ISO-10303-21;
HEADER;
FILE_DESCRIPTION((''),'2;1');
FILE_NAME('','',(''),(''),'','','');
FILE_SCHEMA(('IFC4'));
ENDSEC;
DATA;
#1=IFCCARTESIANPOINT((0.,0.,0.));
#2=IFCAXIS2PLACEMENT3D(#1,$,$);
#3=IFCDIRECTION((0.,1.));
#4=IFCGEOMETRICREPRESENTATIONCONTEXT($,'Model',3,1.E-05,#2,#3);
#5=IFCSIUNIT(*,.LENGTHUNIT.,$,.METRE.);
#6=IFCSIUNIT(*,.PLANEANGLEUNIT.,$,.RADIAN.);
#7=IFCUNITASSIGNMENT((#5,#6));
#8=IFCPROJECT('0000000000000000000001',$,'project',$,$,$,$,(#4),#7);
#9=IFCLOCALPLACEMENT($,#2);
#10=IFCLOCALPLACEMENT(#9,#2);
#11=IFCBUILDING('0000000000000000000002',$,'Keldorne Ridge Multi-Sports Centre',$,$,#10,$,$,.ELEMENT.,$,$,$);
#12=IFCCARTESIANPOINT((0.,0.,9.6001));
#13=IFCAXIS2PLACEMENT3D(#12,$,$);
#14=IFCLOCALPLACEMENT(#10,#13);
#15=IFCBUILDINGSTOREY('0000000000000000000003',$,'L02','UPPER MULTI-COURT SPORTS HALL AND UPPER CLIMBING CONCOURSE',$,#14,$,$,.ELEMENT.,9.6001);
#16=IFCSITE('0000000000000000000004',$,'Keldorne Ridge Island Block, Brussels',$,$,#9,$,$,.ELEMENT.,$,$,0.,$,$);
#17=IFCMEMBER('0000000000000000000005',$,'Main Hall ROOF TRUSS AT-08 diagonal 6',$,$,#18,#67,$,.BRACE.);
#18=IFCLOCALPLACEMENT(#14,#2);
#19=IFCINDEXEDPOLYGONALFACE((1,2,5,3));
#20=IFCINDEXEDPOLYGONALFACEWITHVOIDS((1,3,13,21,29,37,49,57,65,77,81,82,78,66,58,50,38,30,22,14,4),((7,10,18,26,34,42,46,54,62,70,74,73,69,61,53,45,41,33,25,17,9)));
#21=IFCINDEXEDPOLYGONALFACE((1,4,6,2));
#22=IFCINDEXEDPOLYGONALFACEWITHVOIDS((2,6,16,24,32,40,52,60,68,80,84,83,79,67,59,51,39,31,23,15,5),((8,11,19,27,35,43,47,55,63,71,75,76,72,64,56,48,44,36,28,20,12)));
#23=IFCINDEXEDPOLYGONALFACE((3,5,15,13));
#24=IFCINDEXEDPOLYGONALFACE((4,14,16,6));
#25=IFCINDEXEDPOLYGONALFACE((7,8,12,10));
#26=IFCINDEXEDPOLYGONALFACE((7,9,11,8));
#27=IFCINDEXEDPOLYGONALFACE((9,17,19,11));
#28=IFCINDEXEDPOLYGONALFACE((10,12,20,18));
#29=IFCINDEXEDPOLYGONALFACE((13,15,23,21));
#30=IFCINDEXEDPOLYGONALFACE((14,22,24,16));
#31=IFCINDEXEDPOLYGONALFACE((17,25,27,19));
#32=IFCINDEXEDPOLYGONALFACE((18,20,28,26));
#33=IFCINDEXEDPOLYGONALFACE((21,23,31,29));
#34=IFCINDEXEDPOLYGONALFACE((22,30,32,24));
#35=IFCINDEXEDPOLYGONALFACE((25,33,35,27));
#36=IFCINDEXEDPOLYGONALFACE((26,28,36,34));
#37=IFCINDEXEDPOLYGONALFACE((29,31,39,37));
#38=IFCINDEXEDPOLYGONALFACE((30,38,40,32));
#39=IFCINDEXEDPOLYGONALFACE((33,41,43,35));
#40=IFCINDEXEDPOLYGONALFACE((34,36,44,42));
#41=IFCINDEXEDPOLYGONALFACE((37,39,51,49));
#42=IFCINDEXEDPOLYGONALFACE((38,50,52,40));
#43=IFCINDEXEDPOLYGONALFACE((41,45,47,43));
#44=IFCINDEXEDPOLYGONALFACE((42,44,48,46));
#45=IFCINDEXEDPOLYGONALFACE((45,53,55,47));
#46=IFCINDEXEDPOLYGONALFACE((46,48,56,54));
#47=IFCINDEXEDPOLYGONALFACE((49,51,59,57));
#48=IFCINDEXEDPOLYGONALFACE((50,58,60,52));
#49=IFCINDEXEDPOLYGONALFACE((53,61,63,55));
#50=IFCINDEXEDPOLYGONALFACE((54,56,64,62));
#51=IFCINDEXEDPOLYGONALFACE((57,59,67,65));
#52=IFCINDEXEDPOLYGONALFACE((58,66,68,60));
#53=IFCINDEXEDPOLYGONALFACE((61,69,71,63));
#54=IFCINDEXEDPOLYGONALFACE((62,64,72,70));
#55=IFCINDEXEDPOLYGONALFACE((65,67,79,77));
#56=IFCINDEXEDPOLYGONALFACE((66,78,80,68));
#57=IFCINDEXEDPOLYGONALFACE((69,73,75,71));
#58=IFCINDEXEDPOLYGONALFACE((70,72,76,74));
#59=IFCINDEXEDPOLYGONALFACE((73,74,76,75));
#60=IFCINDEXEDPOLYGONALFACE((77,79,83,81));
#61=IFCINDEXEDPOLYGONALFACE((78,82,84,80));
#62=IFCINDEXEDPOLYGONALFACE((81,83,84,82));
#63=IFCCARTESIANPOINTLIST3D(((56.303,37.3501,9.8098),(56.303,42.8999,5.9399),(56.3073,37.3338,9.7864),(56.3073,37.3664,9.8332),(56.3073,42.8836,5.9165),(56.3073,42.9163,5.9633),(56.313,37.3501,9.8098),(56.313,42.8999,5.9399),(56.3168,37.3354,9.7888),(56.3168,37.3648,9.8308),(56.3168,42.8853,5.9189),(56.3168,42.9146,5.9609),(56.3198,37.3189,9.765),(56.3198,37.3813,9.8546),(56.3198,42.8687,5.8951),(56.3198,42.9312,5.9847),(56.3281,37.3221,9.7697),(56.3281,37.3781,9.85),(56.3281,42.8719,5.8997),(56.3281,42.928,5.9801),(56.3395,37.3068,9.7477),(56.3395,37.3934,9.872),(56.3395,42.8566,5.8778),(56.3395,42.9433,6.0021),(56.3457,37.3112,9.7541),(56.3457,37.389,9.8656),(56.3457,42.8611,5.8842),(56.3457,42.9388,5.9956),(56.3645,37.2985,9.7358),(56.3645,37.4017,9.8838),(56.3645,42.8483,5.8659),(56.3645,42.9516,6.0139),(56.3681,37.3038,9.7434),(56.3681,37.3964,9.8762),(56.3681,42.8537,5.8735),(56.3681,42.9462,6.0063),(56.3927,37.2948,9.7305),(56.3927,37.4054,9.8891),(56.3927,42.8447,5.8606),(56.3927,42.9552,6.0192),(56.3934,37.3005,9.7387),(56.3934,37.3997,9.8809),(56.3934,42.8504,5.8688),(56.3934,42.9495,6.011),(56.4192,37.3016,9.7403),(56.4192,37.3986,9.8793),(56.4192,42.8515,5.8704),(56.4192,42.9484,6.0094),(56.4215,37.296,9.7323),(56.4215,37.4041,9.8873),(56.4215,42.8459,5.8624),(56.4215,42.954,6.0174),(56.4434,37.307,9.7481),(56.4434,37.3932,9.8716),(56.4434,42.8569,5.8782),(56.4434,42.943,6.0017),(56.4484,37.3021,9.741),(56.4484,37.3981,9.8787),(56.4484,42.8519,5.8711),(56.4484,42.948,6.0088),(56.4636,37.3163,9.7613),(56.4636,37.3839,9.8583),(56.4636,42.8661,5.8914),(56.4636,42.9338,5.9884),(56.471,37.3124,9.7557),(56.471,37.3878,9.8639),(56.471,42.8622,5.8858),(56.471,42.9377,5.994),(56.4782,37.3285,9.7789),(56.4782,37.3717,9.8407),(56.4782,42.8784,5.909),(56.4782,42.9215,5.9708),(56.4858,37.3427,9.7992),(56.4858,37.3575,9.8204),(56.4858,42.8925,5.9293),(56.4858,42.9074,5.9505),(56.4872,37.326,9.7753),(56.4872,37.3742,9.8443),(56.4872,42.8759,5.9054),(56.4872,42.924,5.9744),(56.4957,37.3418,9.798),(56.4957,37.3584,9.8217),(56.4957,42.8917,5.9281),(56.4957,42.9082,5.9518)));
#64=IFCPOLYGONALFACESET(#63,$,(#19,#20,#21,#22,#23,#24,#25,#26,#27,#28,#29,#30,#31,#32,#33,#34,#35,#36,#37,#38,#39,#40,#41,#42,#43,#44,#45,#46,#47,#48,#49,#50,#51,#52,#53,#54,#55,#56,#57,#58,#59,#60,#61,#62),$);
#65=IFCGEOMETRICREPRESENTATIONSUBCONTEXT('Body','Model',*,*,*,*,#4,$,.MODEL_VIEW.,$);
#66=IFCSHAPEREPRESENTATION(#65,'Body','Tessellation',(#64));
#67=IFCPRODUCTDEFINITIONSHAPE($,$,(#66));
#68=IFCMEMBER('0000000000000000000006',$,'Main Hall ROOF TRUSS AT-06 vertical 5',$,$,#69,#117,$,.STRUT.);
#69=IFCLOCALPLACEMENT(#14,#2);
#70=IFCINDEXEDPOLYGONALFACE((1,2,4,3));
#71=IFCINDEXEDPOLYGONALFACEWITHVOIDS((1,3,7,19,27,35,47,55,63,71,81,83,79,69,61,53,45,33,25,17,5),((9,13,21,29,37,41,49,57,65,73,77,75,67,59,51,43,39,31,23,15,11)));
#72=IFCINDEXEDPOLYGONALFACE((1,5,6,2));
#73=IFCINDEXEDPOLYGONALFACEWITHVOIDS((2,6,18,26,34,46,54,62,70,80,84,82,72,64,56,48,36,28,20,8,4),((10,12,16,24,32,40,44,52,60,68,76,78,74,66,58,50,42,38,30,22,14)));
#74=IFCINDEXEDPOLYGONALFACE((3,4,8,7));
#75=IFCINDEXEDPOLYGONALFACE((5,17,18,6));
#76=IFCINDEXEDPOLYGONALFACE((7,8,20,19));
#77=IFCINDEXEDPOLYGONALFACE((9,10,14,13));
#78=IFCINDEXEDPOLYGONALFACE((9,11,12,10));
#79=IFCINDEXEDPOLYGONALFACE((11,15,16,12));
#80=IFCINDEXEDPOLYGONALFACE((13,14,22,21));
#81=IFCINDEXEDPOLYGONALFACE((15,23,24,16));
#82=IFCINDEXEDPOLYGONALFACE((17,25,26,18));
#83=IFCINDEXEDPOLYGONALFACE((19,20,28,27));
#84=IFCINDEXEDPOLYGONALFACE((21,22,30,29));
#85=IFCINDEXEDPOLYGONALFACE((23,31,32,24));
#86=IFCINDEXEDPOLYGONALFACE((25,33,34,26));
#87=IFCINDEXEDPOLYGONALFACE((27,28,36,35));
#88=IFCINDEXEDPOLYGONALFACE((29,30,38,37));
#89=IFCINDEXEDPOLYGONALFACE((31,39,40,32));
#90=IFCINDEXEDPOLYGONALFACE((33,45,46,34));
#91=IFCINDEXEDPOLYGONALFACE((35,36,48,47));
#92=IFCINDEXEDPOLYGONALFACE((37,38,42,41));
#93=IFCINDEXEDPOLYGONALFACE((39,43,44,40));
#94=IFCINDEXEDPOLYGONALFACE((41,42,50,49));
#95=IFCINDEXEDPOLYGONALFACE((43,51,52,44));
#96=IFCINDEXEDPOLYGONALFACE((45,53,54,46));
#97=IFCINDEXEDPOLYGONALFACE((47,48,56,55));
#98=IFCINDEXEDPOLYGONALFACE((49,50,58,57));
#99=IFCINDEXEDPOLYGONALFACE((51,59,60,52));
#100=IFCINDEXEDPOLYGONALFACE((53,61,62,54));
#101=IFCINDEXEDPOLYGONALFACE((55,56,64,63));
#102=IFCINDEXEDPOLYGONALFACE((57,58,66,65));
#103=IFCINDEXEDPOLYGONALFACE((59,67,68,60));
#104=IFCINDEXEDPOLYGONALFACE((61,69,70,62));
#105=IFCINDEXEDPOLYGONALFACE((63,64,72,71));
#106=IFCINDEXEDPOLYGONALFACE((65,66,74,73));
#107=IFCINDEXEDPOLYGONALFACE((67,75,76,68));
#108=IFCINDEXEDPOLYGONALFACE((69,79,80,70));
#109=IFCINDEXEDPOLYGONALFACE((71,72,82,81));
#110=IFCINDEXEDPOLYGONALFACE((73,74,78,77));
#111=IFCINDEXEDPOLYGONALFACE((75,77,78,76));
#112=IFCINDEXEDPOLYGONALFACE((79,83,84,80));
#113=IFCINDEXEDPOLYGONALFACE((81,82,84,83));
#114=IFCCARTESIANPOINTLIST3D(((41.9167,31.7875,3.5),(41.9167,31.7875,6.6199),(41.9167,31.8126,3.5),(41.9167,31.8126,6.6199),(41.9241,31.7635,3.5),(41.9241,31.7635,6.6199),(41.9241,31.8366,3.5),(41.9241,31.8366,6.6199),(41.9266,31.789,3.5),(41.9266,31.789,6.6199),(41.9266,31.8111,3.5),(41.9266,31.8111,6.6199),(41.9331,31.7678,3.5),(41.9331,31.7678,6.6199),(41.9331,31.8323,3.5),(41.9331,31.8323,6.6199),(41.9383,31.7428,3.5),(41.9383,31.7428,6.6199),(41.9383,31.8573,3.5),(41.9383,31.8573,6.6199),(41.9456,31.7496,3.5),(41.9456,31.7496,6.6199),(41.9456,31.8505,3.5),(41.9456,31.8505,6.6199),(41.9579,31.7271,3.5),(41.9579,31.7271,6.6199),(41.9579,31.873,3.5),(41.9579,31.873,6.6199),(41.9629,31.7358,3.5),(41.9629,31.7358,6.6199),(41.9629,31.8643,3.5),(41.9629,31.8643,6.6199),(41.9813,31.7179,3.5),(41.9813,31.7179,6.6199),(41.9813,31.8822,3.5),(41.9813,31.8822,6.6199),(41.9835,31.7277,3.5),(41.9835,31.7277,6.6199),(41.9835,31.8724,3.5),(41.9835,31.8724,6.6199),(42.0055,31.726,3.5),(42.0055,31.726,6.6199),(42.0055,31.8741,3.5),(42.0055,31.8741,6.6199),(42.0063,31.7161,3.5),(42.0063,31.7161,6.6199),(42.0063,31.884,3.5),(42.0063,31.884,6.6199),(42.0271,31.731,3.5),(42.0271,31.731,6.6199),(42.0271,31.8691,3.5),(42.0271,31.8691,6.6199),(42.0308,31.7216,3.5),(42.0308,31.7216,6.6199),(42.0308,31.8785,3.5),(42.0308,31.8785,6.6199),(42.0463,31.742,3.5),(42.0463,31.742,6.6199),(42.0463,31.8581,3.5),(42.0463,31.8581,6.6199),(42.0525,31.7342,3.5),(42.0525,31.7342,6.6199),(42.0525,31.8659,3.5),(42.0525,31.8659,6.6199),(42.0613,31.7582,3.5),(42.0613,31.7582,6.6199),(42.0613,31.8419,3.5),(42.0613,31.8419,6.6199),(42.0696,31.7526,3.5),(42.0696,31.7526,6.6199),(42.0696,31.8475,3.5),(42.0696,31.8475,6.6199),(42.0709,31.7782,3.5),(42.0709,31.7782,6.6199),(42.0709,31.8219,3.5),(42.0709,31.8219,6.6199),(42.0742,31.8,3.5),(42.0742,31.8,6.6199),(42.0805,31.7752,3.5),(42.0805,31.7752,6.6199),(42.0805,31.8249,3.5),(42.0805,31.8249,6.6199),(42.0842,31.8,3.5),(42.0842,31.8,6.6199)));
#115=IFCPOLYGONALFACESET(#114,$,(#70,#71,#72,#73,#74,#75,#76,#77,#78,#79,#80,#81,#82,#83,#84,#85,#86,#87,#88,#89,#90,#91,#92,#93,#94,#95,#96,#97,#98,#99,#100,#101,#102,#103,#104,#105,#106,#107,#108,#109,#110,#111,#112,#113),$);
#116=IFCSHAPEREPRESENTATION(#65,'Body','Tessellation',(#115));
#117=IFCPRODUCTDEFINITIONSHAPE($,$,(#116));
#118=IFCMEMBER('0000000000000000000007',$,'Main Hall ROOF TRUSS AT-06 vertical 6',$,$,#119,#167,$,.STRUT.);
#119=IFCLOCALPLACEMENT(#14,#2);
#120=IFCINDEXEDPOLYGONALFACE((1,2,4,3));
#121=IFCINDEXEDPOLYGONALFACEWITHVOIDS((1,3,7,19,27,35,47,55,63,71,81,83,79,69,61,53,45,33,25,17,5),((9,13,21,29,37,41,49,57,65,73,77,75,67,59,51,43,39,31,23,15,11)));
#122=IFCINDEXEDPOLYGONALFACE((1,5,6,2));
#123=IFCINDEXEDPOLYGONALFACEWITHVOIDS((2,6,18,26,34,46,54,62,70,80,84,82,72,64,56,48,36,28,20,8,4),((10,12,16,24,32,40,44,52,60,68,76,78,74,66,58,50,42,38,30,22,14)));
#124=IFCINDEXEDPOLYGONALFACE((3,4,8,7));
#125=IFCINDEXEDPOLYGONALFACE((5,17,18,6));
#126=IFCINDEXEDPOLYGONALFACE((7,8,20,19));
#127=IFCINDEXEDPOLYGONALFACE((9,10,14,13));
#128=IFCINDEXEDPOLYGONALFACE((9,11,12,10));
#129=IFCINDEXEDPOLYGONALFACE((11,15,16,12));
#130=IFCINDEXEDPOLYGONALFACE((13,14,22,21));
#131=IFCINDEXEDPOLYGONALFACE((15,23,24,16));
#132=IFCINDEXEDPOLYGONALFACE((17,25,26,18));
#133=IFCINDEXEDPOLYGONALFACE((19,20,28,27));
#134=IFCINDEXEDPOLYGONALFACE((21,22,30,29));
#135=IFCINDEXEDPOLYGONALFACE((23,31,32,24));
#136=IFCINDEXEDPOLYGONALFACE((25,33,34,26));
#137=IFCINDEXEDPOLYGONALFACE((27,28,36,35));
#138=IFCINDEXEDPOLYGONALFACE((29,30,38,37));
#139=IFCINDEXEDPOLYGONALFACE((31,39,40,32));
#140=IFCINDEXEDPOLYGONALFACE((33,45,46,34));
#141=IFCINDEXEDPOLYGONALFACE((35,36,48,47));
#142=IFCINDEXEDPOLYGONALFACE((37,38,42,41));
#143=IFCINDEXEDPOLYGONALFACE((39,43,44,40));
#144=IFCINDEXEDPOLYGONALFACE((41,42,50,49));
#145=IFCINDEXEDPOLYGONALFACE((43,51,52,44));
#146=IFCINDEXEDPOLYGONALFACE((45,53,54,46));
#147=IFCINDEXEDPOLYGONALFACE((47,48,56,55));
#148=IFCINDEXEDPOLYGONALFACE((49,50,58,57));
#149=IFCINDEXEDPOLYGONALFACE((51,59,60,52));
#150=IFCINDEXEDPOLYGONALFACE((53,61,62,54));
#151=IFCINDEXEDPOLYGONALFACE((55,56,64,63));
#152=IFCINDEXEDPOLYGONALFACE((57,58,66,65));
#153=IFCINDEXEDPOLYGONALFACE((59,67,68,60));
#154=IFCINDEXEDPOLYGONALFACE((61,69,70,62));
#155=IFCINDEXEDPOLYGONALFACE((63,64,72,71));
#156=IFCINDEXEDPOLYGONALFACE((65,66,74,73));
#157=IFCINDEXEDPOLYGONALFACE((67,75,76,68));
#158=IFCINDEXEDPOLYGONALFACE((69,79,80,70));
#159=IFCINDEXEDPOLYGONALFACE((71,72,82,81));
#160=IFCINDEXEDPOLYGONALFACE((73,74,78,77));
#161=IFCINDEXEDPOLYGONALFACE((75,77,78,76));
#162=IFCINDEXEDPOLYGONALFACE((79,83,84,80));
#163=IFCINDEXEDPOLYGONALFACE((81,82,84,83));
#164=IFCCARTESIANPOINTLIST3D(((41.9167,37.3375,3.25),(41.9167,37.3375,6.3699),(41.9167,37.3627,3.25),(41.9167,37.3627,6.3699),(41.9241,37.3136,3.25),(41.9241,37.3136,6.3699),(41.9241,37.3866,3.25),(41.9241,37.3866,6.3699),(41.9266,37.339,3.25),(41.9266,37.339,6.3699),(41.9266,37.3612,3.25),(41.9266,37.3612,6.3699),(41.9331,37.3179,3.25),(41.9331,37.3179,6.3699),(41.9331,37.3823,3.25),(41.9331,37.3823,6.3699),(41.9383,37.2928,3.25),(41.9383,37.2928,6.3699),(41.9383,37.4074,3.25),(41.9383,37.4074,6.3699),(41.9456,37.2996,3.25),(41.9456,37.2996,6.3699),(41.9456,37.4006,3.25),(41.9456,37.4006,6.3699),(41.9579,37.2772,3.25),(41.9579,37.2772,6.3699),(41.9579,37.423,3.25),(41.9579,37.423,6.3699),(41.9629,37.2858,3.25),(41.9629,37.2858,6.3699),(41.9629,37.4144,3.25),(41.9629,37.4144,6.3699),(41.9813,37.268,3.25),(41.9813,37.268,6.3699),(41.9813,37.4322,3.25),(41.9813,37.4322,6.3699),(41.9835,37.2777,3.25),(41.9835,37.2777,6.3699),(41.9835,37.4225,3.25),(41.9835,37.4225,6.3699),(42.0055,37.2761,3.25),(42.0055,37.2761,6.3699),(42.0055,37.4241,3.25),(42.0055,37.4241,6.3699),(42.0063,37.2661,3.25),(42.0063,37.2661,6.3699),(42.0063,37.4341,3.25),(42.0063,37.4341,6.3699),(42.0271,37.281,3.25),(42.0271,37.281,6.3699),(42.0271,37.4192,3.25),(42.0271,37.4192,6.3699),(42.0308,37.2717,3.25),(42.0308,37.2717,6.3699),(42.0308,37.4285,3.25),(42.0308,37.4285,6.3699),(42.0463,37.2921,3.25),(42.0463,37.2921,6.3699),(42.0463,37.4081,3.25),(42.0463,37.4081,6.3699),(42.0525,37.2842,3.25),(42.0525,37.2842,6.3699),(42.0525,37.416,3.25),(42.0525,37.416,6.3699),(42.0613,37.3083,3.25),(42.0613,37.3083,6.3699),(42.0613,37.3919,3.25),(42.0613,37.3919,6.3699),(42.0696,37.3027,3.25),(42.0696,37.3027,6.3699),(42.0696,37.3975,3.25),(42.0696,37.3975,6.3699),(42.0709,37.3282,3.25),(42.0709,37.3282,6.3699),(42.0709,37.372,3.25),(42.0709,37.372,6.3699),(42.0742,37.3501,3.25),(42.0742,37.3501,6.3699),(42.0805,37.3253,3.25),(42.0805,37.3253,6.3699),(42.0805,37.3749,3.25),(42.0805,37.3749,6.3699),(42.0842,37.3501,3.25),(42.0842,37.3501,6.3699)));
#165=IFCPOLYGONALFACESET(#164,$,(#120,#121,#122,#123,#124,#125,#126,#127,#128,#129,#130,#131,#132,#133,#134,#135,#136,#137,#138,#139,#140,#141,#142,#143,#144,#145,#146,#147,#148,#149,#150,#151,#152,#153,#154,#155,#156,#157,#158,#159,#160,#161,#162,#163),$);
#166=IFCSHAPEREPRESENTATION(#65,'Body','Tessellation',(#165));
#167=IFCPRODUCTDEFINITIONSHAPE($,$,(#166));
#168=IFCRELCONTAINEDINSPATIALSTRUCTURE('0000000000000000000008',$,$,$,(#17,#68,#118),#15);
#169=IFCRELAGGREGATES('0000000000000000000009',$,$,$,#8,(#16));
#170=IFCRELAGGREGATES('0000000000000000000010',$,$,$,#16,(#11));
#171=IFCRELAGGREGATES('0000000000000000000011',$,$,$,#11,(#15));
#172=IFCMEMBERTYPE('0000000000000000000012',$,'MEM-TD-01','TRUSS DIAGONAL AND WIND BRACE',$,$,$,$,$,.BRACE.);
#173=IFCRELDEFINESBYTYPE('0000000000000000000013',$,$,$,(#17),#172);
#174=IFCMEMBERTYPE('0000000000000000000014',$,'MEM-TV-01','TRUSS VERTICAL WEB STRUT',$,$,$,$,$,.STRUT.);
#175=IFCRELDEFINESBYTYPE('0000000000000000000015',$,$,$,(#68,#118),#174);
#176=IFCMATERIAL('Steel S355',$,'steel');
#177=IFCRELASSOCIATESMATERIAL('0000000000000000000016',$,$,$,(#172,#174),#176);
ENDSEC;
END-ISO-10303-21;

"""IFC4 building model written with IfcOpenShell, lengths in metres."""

from ifc_helpers import new_model, si_unit, direction, frame, origin, origin_2d, place, context, subcontext, project, spatial, hollow_circle, extrude, material, material_profile, profile_set, type_object, element, save


model = new_model("IFC4")

# Units and contexts
model_context = context("Model", 3, precision=1e-05, world=origin(), true_north=direction((0.0, 1.0)))
body_context = subcontext(model_context, "Body", "Model", "MODEL_VIEW")
ifc_project = project(units=[si_unit("LENGTHUNIT", "METRE"), si_unit("PLANEANGLEUNIT", "RADIAN")], contexts=[model_context])

# Site, building, storey
site_placement = place(None, origin())
site = spatial("IfcSite", under=ifc_project, at=site_placement, Name="Keldorne Ridge Island Block, Brussels", CompositionType="ELEMENT", RefElevation=0.0)
building_placement = place(site_placement, origin())
building = spatial("IfcBuilding", under=site, at=building_placement, Name="Keldorne Ridge Multi-Sports Centre", CompositionType="ELEMENT")
storey_placement = place(building_placement, frame((0.0, 0.0, 9.6001)))
storey = spatial("IfcBuildingStorey", under=building, at=storey_placement, Name="L02", Description="UPPER MULTI-COURT SPORTS HALL AND UPPER CLIMBING CONCOURSE", CompositionType="ELEMENT", Elevation=9.6001)

# Members
ifc_material = material(Name="Steel S355", Category="steel")
ifc_material_profile_1 = material_profile(ifc_material, hollow_circle(Radius=0.0969, WallThickness=0.01, at=origin_2d()), Name="CHS 193.7x10")
ifc_profile_set_1 = profile_set([ifc_material_profile_1], Name="Steel S355")
member_type_1 = type_object("IfcMemberType", Name="MEM-TD-01", Description="TRUSS DIAGONAL AND WIND BRACE", PredefinedType="BRACE", material=ifc_profile_set_1)
member_1_placement = place(storey_placement, frame((56.3999, 37.3501, 9.8098), z_axis=(0.0, 0.820271, -0.571974), x_axis=(-1.0, 0.0, 0.0)))
element("IfcMember", 1, at=member_1_placement, inside=storey, type_object=member_type_1, Name="Main Hall ROOF TRUSS AT-08 diagonal 6", PredefinedType="BRACE", context=body_context, shape_type="SweptSolid", body=[
    extrude(hollow_circle(Radius=0.0969, WallThickness=0.01, at=origin_2d()), origin(), (0.0, 0.0, 1.0), 6.7659),
])
ifc_material_profile_2 = material_profile(ifc_material, hollow_circle(Radius=0.0842, WallThickness=0.01, at=origin_2d()), Name="CHS 168.3x10")
ifc_profile_set_2 = profile_set([ifc_material_profile_2], Name="Steel S355")
member_type_2 = type_object("IfcMemberType", Name="MEM-TV-01", Description="TRUSS VERTICAL WEB STRUT", PredefinedType="STRUT", material=ifc_profile_set_2)
for number, where, z_axis, x_axis, name in (
    (2, (42.0, 31.8, 3.5), (0.0, 0.0, 1.0), (1.0, 0.0, 0.0), "Main Hall ROOF TRUSS AT-06 vertical 5"),
    (3, (42.0, 37.3501, 3.25), (0.0, 0.0, 1.0), (1.0, 0.0, 0.0), "Main Hall ROOF TRUSS AT-06 vertical 6"),
):
    element("IfcMember", number, at=place(storey_placement, frame(where, z_axis=z_axis, x_axis=x_axis)), inside=storey, type_object=member_type_2, Name=name, PredefinedType="STRUT", context=body_context, shape_type="SweptSolid", body=[
        extrude(hollow_circle(Radius=0.0842, WallThickness=0.01, at=origin_2d()), origin(), (0.0, 0.0, 1.0), 3.1199),
    ])

save(model, "model.ifc")
